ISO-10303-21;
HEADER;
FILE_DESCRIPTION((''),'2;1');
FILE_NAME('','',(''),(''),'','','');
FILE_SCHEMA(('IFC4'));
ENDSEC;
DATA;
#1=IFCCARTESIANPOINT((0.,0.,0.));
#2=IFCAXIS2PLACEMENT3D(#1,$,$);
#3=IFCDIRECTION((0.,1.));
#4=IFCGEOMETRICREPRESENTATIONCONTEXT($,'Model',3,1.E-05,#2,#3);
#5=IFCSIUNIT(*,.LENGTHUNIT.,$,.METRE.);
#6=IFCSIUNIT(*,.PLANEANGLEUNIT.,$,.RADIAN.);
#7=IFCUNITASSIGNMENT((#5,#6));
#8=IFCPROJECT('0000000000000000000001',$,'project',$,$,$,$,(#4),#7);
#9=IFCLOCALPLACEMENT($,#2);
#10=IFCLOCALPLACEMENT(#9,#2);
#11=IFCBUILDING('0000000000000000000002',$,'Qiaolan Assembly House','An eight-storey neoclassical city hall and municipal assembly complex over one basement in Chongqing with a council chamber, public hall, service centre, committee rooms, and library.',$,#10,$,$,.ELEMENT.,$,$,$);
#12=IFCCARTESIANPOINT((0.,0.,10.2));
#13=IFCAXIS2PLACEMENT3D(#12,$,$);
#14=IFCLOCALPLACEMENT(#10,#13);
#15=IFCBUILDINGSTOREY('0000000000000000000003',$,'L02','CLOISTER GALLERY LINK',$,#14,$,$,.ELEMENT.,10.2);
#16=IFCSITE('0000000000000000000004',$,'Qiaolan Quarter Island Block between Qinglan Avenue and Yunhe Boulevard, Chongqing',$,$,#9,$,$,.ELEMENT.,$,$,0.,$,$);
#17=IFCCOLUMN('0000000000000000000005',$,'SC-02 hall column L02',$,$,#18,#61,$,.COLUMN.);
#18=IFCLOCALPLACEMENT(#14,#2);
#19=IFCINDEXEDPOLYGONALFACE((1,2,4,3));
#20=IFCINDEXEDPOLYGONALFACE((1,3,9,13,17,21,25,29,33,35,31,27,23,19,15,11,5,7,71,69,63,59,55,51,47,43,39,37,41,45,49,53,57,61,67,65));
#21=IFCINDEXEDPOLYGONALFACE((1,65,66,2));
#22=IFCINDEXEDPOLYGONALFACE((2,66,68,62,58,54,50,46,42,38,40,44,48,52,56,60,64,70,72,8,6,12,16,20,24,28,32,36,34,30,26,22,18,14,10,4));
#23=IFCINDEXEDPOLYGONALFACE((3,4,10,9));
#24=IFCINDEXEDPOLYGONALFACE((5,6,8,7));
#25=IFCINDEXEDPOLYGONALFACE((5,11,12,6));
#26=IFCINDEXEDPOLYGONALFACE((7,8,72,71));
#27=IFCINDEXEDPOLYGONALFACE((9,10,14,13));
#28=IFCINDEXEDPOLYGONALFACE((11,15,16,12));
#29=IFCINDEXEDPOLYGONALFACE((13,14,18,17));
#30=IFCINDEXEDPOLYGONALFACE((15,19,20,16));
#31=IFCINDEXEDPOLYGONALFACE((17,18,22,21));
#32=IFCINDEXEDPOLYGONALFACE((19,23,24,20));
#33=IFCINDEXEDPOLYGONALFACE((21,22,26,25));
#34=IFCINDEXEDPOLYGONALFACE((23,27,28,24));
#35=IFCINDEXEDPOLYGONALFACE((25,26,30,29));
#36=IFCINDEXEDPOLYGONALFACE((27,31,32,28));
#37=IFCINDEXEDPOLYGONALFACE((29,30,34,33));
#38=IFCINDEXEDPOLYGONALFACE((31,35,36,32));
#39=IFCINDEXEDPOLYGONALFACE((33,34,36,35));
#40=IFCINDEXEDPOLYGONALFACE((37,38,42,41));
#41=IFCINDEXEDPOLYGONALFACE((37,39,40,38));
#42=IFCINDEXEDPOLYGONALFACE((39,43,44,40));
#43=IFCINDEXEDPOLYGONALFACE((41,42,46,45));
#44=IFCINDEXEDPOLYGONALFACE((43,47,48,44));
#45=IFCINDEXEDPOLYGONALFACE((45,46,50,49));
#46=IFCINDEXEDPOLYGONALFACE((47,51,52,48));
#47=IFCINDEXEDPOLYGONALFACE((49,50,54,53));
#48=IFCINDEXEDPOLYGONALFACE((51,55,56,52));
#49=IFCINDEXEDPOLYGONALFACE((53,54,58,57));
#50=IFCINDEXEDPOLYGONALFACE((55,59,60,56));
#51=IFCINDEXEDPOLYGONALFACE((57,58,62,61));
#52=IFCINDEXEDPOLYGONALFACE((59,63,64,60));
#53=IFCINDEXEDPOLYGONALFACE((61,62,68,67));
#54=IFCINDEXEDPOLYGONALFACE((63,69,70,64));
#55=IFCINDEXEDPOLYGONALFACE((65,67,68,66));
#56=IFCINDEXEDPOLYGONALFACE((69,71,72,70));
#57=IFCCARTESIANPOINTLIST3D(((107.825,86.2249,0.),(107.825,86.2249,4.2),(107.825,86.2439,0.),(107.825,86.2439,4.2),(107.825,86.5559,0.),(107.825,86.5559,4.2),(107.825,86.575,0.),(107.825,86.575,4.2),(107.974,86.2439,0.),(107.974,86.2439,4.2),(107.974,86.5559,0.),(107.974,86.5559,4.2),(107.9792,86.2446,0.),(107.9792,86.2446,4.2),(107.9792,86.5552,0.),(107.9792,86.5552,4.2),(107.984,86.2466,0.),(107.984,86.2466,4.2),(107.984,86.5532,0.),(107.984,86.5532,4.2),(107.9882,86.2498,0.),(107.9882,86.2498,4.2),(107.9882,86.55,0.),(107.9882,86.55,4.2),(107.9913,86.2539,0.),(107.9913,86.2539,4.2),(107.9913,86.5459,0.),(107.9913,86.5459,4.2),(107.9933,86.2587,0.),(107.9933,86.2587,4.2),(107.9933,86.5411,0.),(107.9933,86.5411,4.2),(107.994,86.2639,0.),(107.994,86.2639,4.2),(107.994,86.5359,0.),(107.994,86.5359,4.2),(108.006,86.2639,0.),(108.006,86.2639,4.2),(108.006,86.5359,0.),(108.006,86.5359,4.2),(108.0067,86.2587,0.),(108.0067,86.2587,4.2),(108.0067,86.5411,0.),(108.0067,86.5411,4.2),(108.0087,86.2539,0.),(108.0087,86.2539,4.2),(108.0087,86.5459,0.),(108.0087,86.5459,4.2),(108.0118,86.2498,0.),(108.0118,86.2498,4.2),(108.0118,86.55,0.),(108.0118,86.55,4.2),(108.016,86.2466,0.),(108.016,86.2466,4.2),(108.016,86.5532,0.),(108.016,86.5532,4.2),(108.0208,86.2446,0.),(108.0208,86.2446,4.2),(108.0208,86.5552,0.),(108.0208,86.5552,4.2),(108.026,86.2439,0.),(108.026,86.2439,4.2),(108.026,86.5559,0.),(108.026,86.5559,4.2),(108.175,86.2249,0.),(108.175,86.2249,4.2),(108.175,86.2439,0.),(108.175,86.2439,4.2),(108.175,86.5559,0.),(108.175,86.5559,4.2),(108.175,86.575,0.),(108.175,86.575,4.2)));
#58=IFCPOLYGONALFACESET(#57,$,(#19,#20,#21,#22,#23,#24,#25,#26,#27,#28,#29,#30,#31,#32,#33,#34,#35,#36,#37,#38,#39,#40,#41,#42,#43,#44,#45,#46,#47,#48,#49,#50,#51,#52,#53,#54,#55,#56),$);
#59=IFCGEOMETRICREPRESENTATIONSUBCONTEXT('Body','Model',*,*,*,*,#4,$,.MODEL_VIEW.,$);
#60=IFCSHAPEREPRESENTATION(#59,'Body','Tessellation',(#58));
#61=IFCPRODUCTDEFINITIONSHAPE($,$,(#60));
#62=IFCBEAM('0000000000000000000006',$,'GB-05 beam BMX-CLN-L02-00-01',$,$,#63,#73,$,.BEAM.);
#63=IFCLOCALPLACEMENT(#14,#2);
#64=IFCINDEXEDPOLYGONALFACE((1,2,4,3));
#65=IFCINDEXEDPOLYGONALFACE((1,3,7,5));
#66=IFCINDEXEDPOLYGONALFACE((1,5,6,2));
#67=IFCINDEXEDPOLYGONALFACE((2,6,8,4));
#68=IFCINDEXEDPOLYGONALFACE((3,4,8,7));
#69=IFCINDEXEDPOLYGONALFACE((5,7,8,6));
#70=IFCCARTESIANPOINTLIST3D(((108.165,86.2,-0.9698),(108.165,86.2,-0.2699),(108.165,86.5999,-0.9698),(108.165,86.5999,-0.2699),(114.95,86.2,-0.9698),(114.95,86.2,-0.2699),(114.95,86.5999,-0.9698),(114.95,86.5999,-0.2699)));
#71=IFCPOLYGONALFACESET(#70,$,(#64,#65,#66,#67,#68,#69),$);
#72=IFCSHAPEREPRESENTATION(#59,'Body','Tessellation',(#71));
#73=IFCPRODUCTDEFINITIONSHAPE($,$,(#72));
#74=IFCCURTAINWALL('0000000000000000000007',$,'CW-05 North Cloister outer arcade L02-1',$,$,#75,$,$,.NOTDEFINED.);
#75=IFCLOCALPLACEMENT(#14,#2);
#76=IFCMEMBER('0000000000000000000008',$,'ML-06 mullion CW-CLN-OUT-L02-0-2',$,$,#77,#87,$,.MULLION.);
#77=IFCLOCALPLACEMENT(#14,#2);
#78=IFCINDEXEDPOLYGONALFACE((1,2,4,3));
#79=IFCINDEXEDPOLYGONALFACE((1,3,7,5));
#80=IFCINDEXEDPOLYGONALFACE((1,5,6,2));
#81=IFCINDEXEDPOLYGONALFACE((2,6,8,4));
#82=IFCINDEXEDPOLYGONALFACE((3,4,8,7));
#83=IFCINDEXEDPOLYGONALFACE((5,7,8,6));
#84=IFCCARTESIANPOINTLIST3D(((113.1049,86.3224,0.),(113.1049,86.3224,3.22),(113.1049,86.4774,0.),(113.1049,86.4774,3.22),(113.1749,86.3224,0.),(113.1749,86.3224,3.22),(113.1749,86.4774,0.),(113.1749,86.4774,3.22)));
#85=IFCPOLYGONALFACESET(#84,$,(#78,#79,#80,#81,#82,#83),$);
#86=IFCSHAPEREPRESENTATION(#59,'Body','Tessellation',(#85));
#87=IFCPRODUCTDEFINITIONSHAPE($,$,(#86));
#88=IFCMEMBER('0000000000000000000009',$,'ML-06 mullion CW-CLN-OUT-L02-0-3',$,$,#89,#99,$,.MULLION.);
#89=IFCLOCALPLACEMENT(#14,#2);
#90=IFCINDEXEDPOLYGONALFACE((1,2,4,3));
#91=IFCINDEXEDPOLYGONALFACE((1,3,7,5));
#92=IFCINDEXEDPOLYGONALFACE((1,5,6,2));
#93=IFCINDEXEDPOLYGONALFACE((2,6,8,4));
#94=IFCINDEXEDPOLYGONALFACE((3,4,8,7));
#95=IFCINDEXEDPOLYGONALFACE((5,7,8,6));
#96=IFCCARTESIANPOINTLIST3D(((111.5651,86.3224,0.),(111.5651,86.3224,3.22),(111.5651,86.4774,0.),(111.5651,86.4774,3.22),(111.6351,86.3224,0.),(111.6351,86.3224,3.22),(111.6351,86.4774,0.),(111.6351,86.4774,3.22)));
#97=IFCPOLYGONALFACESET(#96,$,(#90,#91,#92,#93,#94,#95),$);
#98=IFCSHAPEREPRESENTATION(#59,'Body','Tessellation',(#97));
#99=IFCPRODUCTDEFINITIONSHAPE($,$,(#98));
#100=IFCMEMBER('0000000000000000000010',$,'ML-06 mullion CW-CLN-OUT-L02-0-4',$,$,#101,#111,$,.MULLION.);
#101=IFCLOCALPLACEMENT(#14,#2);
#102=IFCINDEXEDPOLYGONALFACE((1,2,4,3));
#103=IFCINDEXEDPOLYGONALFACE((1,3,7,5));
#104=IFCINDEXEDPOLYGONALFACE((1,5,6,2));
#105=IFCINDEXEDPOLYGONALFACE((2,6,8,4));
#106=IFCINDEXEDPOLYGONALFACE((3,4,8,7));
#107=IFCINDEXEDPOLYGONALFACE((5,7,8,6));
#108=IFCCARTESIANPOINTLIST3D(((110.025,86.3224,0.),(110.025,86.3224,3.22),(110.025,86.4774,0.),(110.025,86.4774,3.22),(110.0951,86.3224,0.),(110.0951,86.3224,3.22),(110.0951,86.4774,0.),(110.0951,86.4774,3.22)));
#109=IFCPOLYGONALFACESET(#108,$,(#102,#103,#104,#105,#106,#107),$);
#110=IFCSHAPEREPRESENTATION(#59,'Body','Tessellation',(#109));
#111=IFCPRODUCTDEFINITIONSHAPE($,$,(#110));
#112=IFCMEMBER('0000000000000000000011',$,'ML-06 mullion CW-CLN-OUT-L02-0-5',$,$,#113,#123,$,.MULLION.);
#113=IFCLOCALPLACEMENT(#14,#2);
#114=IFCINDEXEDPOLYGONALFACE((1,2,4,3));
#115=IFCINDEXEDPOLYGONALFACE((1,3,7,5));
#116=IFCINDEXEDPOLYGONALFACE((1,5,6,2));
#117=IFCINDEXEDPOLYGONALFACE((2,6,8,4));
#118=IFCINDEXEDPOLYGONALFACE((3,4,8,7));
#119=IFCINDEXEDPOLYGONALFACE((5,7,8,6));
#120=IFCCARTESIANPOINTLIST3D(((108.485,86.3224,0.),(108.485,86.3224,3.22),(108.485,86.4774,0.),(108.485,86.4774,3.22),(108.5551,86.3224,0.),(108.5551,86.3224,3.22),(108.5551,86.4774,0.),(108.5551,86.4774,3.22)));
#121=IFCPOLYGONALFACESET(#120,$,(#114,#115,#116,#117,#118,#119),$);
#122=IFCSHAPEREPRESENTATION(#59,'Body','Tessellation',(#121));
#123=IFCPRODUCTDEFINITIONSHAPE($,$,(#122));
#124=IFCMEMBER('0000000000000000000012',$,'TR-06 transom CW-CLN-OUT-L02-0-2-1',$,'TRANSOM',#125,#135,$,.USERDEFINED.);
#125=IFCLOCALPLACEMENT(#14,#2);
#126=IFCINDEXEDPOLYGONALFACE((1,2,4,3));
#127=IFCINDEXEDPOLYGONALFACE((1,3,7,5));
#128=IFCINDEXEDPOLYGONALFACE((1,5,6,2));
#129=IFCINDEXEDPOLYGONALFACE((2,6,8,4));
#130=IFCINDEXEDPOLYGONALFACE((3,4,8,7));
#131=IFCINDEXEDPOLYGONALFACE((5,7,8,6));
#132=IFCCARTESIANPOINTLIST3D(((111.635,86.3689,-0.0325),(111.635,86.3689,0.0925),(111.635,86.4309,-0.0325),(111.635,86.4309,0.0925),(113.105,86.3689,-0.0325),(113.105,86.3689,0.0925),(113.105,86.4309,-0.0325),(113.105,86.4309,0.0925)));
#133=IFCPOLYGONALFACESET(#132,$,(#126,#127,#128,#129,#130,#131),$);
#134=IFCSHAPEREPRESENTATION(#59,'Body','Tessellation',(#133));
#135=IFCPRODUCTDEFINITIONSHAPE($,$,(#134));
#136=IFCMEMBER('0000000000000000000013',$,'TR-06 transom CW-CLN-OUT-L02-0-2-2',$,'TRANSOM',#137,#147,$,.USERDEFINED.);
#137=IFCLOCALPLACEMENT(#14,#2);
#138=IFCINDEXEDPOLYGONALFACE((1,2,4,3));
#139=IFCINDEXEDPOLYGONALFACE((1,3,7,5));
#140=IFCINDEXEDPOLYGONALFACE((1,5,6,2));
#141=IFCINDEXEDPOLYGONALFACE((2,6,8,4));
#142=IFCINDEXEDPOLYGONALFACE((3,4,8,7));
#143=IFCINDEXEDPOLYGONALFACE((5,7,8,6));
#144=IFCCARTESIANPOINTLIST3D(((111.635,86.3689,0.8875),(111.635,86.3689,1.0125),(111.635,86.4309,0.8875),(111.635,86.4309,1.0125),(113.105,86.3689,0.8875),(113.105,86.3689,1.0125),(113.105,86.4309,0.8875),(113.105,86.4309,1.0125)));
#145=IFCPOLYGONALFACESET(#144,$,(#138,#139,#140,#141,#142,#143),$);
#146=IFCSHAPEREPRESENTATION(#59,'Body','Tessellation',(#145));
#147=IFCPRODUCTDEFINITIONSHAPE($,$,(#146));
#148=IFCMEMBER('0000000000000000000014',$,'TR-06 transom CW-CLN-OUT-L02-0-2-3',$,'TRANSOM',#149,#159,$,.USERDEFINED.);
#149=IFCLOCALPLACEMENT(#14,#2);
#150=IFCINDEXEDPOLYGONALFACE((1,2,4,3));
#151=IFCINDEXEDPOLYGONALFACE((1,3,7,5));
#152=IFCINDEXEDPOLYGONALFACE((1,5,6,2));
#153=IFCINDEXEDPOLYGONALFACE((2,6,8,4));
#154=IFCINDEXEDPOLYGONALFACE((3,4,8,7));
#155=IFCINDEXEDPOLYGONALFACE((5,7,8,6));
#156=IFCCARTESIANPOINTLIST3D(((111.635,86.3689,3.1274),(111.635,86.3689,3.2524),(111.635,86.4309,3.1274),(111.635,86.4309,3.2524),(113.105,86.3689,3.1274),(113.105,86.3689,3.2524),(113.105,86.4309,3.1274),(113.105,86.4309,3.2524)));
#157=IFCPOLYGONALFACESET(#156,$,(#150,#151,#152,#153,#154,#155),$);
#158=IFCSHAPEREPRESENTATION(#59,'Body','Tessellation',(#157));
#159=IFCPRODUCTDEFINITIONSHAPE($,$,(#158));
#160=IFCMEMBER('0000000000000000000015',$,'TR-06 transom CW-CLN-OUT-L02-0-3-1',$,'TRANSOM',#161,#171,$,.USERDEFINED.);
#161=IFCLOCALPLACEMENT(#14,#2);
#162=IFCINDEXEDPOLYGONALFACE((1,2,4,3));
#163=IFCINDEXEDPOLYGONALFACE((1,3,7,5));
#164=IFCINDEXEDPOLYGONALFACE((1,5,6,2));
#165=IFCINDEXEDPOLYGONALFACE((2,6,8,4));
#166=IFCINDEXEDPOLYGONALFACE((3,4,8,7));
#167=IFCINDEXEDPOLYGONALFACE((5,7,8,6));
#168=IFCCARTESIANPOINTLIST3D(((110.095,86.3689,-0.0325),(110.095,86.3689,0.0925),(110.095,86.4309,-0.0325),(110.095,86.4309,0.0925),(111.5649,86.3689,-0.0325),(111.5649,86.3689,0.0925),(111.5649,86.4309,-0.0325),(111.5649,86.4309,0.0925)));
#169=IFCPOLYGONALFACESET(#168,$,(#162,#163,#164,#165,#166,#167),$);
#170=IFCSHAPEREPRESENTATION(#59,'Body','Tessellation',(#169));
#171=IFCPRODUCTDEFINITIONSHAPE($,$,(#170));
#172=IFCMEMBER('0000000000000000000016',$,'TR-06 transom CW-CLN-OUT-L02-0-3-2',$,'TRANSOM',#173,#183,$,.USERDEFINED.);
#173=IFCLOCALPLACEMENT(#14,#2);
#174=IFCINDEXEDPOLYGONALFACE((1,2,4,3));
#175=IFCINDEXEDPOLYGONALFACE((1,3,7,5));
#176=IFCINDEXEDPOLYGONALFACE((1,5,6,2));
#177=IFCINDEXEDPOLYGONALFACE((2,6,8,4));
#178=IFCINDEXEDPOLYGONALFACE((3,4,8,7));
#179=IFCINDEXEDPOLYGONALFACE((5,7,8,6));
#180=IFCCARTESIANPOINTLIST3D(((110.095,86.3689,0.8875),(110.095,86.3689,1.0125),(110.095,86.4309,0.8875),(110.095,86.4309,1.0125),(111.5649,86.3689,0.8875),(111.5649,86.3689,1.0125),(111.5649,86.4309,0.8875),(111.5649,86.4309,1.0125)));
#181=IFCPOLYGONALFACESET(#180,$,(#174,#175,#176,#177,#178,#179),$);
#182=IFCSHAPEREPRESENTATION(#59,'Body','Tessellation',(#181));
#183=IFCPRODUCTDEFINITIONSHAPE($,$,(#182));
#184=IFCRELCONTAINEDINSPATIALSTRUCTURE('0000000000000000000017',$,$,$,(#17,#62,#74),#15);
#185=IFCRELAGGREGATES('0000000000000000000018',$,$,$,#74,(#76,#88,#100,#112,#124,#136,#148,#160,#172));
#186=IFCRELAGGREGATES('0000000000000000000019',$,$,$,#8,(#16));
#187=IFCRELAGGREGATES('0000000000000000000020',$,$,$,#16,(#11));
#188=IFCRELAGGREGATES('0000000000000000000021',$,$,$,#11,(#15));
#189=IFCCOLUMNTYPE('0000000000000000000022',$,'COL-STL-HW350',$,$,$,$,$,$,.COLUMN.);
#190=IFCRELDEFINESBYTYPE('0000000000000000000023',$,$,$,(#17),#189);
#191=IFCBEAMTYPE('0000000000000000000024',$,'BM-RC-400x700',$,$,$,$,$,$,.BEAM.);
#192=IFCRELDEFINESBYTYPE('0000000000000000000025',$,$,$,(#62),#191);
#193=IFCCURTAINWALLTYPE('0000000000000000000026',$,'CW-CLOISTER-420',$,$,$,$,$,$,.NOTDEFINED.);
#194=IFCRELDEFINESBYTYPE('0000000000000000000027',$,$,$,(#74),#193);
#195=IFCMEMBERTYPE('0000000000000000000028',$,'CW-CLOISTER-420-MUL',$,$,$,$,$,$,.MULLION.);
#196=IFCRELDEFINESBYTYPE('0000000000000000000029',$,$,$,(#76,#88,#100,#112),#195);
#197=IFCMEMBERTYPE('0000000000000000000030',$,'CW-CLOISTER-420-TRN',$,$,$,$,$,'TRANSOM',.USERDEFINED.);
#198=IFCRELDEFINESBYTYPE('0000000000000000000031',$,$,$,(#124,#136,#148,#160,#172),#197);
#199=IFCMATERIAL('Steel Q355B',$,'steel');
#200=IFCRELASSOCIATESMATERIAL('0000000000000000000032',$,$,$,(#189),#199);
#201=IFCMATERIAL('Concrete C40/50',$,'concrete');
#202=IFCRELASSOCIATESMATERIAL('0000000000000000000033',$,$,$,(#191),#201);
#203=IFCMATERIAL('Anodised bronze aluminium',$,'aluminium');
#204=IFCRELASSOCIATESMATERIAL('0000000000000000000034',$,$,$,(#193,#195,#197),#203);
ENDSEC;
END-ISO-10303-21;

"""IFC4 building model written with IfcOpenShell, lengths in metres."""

from ifc_helpers import new_model, si_unit, direction, frame, origin, origin_2d, place, context, subcontext, project, spatial, rectangle, i_section, extrude, material, material_profile, profile_set, type_object, element, aggregate, save


model = new_model("IFC4")

# Units and contexts
model_context = context("Model", 3, precision=1e-05, world=origin(), true_north=direction((0.0, 1.0)))
body_context = subcontext(model_context, "Body", "Model", "MODEL_VIEW")
ifc_project = project(units=[si_unit("LENGTHUNIT", "METRE"), si_unit("PLANEANGLEUNIT", "RADIAN")], contexts=[model_context])

# Site, building, storey
site_placement = place(None, origin())
site = spatial("IfcSite", under=ifc_project, at=site_placement, Name="Qiaolan Quarter Island Block between Qinglan Avenue and Yunhe Boulevard, Chongqing", CompositionType="ELEMENT", RefElevation=0.0)
building_placement = place(site_placement, origin())
building = spatial("IfcBuilding", under=site, at=building_placement, Name="Qiaolan Assembly House", Description="An eight-storey neoclassical city hall and municipal assembly complex over one basement in Chongqing with a council chamber, public hall, service centre, committee rooms, and library.", CompositionType="ELEMENT")
storey_placement = place(building_placement, frame((0.0, 0.0, 10.2)))
storey = spatial("IfcBuildingStorey", under=building, at=storey_placement, Name="L02", Description="CLOISTER GALLERY LINK", CompositionType="ELEMENT", Elevation=10.2)

# Column
ifc_material_1 = material(Name="Steel Q355B", Category="steel")
ifc_material_profile_1 = material_profile(ifc_material_1, i_section(OverallWidth=0.3501, OverallDepth=0.3501, WebThickness=0.012, FlangeThickness=0.019, FilletRadius=0.02, at=origin_2d()), Name="HW 350x350x12x19")
ifc_profile_set_1 = profile_set([ifc_material_profile_1], Name="Steel Q355B")
column_type = type_object("IfcColumnType", Name="COL-STL-HW350", PredefinedType="COLUMN", material=ifc_profile_set_1)
column_placement = place(storey_placement, frame((108.0, 86.3999, 0.0), z_axis=(0.0, 0.0, 1.0), x_axis=(1.0, 0.0, 0.0)))
element("IfcColumn", 1, at=column_placement, inside=storey, type_object=column_type, Name="SC-02 hall column L02", PredefinedType="COLUMN", context=body_context, shape_type="SweptSolid", body=[
    extrude(i_section(OverallWidth=0.3501, OverallDepth=0.3501, WebThickness=0.012, FlangeThickness=0.019, FilletRadius=0.02, at=origin_2d()), origin(), (0.0, 0.0, 1.0), 4.2),
])

# Beam
ifc_material_2 = material(Name="Concrete C40/50", Category="concrete")
ifc_material_profile_2 = material_profile(ifc_material_2, rectangle(XDim=0.3999, YDim=0.7, at=origin_2d()), Name="RCB 400x700")
ifc_profile_set_2 = profile_set([ifc_material_profile_2], Name="Concrete C40/50")
beam_type_1 = type_object("IfcBeamType", Name="BM-RC-400x700", PredefinedType="BEAM", material=ifc_profile_set_2)
beam_placement = place(storey_placement, frame((108.165, 86.3999, -0.6199), z_axis=(1.0, 0.0, 0.0), x_axis=(0.0, 1.0, 0.0)))
element("IfcBeam", 2, at=beam_placement, inside=storey, type_object=beam_type_1, Name="GB-05 beam BMX-CLN-L02-00-01", PredefinedType="BEAM", context=body_context, shape_type="SweptSolid", body=[
    extrude(rectangle(XDim=0.3999, YDim=0.7, at=origin_2d()), origin(), (0.0, 0.0, 1.0), 6.7849),
])

# Curtain wall, members
ifc_material_3 = material(Name="Anodised bronze aluminium", Category="aluminium")
curtain_wall_type = type_object("IfcCurtainWallType", Name="CW-CLOISTER-420", PredefinedType="NOTDEFINED", material=ifc_material_3)
curtain_wall_placement = place(storey_placement, origin())
curtain_wall = element("IfcCurtainWall", 3, at=curtain_wall_placement, inside=storey, type_object=curtain_wall_type, Name="CW-05 North Cloister outer arcade L02-1", PredefinedType="NOTDEFINED")
ifc_material_profile_3 = material_profile(ifc_material_3, rectangle(XDim=0.0701, YDim=0.155, at=origin_2d()), Name="MUL 70x155")
ifc_profile_set_3 = profile_set([ifc_material_profile_3], Name="Anodised bronze aluminium")
member_type_1 = type_object("IfcMemberType", Name="CW-CLOISTER-420-MUL", PredefinedType="MULLION", material=ifc_profile_set_3)
member_1_placement = place(storey_placement, frame((113.1399, 86.3999, 0.0), z_axis=(0.0, 0.0, 1.0), x_axis=(-1.0, 0.0, 0.0)))
member_1 = element("IfcMember", 4, at=member_1_placement, type_object=member_type_1, Name="ML-06 mullion CW-CLN-OUT-L02-0-2", PredefinedType="MULLION", context=body_context, shape_type="SweptSolid", body=[
    extrude(rectangle(XDim=0.0701, YDim=0.155, at=origin_2d()), origin(), (0.0, 0.0, 1.0), 3.22),
])
member_2_placement = place(storey_placement, frame((111.6001, 86.3999, 0.0), z_axis=(0.0, 0.0, 1.0), x_axis=(-1.0, 0.0, 0.0)))
member_2 = element("IfcMember", 5, at=member_2_placement, type_object=member_type_1, Name="ML-06 mullion CW-CLN-OUT-L02-0-3", PredefinedType="MULLION", context=body_context, shape_type="SweptSolid", body=[
    extrude(rectangle(XDim=0.0701, YDim=0.155, at=origin_2d()), origin(), (0.0, 0.0, 1.0), 3.22),
])
member_3_placement = place(storey_placement, frame((110.0601, 86.3999, 0.0), z_axis=(0.0, 0.0, 1.0), x_axis=(-1.0, 0.0, 0.0)))
member_3 = element("IfcMember", 6, at=member_3_placement, type_object=member_type_1, Name="ML-06 mullion CW-CLN-OUT-L02-0-4", PredefinedType="MULLION", context=body_context, shape_type="SweptSolid", body=[
    extrude(rectangle(XDim=0.0701, YDim=0.155, at=origin_2d()), origin(), (0.0, 0.0, 1.0), 3.22),
])
member_4_placement = place(storey_placement, frame((108.52, 86.3999, 0.0), z_axis=(0.0, 0.0, 1.0), x_axis=(-1.0, 0.0, 0.0)))
member_4 = element("IfcMember", 7, at=member_4_placement, type_object=member_type_1, Name="ML-06 mullion CW-CLN-OUT-L02-0-5", PredefinedType="MULLION", context=body_context, shape_type="SweptSolid", body=[
    extrude(rectangle(XDim=0.0701, YDim=0.155, at=origin_2d()), origin(), (0.0, 0.0, 1.0), 3.22),
])
ifc_material_profile_4 = material_profile(ifc_material_3, rectangle(XDim=0.062, YDim=0.125, at=origin_2d()), Name="TRN 62x125")
ifc_profile_set_4 = profile_set([ifc_material_profile_4], Name="Anodised bronze aluminium")
member_type_2 = type_object("IfcMemberType", Name="CW-CLOISTER-420-TRN", ElementType="TRANSOM", PredefinedType="USERDEFINED", material=ifc_profile_set_4)
member_5_placement = place(storey_placement, frame((113.105, 86.3999, 0.03), z_axis=(-1.0, 0.0, 0.0), x_axis=(0.0, -1.0, 0.0)))
member_5 = element("IfcMember", 8, at=member_5_placement, type_object=member_type_2, Name="TR-06 transom CW-CLN-OUT-L02-0-2-1", ObjectType="TRANSOM", PredefinedType="USERDEFINED", context=body_context, shape_type="SweptSolid", body=[
    extrude(rectangle(XDim=0.062, YDim=0.125, at=origin_2d()), origin(), (0.0, 0.0, 1.0), 1.47),
])
member_6_placement = place(storey_placement, frame((113.105, 86.3999, 0.95), z_axis=(-1.0, 0.0, 0.0), x_axis=(0.0, -1.0, 0.0)))
member_6 = element("IfcMember", 9, at=member_6_placement, type_object=member_type_2, Name="TR-06 transom CW-CLN-OUT-L02-0-2-2", ObjectType="TRANSOM", PredefinedType="USERDEFINED", context=body_context, shape_type="SweptSolid", body=[
    extrude(rectangle(XDim=0.062, YDim=0.125, at=origin_2d()), origin(), (0.0, 0.0, 1.0), 1.47),
])
member_7_placement = place(storey_placement, frame((113.105, 86.3999, 3.1899), z_axis=(-1.0, 0.0, 0.0), x_axis=(0.0, -1.0, 0.0)))
member_7 = element("IfcMember", 10, at=member_7_placement, type_object=member_type_2, Name="TR-06 transom CW-CLN-OUT-L02-0-2-3", ObjectType="TRANSOM", PredefinedType="USERDEFINED", context=body_context, shape_type="SweptSolid", body=[
    extrude(rectangle(XDim=0.062, YDim=0.125, at=origin_2d()), origin(), (0.0, 0.0, 1.0), 1.47),
])
member_8_placement = place(storey_placement, frame((111.5649, 86.3999, 0.03), z_axis=(-1.0, 0.0, 0.0), x_axis=(0.0, -1.0, 0.0)))
member_8 = element("IfcMember", 11, at=member_8_placement, type_object=member_type_2, Name="TR-06 transom CW-CLN-OUT-L02-0-3-1", ObjectType="TRANSOM", PredefinedType="USERDEFINED", context=body_context, shape_type="SweptSolid", body=[
    extrude(rectangle(XDim=0.062, YDim=0.125, at=origin_2d()), origin(), (0.0, 0.0, 1.0), 1.47),
])
member_9_placement = place(storey_placement, frame((111.5649, 86.3999, 0.95), z_axis=(-1.0, 0.0, 0.0), x_axis=(0.0, -1.0, 0.0)))
member_9 = element("IfcMember", 12, at=member_9_placement, type_object=member_type_2, Name="TR-06 transom CW-CLN-OUT-L02-0-3-2", ObjectType="TRANSOM", PredefinedType="USERDEFINED", context=body_context, shape_type="SweptSolid", body=[
    extrude(rectangle(XDim=0.062, YDim=0.125, at=origin_2d()), origin(), (0.0, 0.0, 1.0), 1.47),
])

aggregate(curtain_wall, [member_1, member_2, member_3, member_4, member_5, member_6, member_7, member_8, member_9])

save(model, "model.ifc")
